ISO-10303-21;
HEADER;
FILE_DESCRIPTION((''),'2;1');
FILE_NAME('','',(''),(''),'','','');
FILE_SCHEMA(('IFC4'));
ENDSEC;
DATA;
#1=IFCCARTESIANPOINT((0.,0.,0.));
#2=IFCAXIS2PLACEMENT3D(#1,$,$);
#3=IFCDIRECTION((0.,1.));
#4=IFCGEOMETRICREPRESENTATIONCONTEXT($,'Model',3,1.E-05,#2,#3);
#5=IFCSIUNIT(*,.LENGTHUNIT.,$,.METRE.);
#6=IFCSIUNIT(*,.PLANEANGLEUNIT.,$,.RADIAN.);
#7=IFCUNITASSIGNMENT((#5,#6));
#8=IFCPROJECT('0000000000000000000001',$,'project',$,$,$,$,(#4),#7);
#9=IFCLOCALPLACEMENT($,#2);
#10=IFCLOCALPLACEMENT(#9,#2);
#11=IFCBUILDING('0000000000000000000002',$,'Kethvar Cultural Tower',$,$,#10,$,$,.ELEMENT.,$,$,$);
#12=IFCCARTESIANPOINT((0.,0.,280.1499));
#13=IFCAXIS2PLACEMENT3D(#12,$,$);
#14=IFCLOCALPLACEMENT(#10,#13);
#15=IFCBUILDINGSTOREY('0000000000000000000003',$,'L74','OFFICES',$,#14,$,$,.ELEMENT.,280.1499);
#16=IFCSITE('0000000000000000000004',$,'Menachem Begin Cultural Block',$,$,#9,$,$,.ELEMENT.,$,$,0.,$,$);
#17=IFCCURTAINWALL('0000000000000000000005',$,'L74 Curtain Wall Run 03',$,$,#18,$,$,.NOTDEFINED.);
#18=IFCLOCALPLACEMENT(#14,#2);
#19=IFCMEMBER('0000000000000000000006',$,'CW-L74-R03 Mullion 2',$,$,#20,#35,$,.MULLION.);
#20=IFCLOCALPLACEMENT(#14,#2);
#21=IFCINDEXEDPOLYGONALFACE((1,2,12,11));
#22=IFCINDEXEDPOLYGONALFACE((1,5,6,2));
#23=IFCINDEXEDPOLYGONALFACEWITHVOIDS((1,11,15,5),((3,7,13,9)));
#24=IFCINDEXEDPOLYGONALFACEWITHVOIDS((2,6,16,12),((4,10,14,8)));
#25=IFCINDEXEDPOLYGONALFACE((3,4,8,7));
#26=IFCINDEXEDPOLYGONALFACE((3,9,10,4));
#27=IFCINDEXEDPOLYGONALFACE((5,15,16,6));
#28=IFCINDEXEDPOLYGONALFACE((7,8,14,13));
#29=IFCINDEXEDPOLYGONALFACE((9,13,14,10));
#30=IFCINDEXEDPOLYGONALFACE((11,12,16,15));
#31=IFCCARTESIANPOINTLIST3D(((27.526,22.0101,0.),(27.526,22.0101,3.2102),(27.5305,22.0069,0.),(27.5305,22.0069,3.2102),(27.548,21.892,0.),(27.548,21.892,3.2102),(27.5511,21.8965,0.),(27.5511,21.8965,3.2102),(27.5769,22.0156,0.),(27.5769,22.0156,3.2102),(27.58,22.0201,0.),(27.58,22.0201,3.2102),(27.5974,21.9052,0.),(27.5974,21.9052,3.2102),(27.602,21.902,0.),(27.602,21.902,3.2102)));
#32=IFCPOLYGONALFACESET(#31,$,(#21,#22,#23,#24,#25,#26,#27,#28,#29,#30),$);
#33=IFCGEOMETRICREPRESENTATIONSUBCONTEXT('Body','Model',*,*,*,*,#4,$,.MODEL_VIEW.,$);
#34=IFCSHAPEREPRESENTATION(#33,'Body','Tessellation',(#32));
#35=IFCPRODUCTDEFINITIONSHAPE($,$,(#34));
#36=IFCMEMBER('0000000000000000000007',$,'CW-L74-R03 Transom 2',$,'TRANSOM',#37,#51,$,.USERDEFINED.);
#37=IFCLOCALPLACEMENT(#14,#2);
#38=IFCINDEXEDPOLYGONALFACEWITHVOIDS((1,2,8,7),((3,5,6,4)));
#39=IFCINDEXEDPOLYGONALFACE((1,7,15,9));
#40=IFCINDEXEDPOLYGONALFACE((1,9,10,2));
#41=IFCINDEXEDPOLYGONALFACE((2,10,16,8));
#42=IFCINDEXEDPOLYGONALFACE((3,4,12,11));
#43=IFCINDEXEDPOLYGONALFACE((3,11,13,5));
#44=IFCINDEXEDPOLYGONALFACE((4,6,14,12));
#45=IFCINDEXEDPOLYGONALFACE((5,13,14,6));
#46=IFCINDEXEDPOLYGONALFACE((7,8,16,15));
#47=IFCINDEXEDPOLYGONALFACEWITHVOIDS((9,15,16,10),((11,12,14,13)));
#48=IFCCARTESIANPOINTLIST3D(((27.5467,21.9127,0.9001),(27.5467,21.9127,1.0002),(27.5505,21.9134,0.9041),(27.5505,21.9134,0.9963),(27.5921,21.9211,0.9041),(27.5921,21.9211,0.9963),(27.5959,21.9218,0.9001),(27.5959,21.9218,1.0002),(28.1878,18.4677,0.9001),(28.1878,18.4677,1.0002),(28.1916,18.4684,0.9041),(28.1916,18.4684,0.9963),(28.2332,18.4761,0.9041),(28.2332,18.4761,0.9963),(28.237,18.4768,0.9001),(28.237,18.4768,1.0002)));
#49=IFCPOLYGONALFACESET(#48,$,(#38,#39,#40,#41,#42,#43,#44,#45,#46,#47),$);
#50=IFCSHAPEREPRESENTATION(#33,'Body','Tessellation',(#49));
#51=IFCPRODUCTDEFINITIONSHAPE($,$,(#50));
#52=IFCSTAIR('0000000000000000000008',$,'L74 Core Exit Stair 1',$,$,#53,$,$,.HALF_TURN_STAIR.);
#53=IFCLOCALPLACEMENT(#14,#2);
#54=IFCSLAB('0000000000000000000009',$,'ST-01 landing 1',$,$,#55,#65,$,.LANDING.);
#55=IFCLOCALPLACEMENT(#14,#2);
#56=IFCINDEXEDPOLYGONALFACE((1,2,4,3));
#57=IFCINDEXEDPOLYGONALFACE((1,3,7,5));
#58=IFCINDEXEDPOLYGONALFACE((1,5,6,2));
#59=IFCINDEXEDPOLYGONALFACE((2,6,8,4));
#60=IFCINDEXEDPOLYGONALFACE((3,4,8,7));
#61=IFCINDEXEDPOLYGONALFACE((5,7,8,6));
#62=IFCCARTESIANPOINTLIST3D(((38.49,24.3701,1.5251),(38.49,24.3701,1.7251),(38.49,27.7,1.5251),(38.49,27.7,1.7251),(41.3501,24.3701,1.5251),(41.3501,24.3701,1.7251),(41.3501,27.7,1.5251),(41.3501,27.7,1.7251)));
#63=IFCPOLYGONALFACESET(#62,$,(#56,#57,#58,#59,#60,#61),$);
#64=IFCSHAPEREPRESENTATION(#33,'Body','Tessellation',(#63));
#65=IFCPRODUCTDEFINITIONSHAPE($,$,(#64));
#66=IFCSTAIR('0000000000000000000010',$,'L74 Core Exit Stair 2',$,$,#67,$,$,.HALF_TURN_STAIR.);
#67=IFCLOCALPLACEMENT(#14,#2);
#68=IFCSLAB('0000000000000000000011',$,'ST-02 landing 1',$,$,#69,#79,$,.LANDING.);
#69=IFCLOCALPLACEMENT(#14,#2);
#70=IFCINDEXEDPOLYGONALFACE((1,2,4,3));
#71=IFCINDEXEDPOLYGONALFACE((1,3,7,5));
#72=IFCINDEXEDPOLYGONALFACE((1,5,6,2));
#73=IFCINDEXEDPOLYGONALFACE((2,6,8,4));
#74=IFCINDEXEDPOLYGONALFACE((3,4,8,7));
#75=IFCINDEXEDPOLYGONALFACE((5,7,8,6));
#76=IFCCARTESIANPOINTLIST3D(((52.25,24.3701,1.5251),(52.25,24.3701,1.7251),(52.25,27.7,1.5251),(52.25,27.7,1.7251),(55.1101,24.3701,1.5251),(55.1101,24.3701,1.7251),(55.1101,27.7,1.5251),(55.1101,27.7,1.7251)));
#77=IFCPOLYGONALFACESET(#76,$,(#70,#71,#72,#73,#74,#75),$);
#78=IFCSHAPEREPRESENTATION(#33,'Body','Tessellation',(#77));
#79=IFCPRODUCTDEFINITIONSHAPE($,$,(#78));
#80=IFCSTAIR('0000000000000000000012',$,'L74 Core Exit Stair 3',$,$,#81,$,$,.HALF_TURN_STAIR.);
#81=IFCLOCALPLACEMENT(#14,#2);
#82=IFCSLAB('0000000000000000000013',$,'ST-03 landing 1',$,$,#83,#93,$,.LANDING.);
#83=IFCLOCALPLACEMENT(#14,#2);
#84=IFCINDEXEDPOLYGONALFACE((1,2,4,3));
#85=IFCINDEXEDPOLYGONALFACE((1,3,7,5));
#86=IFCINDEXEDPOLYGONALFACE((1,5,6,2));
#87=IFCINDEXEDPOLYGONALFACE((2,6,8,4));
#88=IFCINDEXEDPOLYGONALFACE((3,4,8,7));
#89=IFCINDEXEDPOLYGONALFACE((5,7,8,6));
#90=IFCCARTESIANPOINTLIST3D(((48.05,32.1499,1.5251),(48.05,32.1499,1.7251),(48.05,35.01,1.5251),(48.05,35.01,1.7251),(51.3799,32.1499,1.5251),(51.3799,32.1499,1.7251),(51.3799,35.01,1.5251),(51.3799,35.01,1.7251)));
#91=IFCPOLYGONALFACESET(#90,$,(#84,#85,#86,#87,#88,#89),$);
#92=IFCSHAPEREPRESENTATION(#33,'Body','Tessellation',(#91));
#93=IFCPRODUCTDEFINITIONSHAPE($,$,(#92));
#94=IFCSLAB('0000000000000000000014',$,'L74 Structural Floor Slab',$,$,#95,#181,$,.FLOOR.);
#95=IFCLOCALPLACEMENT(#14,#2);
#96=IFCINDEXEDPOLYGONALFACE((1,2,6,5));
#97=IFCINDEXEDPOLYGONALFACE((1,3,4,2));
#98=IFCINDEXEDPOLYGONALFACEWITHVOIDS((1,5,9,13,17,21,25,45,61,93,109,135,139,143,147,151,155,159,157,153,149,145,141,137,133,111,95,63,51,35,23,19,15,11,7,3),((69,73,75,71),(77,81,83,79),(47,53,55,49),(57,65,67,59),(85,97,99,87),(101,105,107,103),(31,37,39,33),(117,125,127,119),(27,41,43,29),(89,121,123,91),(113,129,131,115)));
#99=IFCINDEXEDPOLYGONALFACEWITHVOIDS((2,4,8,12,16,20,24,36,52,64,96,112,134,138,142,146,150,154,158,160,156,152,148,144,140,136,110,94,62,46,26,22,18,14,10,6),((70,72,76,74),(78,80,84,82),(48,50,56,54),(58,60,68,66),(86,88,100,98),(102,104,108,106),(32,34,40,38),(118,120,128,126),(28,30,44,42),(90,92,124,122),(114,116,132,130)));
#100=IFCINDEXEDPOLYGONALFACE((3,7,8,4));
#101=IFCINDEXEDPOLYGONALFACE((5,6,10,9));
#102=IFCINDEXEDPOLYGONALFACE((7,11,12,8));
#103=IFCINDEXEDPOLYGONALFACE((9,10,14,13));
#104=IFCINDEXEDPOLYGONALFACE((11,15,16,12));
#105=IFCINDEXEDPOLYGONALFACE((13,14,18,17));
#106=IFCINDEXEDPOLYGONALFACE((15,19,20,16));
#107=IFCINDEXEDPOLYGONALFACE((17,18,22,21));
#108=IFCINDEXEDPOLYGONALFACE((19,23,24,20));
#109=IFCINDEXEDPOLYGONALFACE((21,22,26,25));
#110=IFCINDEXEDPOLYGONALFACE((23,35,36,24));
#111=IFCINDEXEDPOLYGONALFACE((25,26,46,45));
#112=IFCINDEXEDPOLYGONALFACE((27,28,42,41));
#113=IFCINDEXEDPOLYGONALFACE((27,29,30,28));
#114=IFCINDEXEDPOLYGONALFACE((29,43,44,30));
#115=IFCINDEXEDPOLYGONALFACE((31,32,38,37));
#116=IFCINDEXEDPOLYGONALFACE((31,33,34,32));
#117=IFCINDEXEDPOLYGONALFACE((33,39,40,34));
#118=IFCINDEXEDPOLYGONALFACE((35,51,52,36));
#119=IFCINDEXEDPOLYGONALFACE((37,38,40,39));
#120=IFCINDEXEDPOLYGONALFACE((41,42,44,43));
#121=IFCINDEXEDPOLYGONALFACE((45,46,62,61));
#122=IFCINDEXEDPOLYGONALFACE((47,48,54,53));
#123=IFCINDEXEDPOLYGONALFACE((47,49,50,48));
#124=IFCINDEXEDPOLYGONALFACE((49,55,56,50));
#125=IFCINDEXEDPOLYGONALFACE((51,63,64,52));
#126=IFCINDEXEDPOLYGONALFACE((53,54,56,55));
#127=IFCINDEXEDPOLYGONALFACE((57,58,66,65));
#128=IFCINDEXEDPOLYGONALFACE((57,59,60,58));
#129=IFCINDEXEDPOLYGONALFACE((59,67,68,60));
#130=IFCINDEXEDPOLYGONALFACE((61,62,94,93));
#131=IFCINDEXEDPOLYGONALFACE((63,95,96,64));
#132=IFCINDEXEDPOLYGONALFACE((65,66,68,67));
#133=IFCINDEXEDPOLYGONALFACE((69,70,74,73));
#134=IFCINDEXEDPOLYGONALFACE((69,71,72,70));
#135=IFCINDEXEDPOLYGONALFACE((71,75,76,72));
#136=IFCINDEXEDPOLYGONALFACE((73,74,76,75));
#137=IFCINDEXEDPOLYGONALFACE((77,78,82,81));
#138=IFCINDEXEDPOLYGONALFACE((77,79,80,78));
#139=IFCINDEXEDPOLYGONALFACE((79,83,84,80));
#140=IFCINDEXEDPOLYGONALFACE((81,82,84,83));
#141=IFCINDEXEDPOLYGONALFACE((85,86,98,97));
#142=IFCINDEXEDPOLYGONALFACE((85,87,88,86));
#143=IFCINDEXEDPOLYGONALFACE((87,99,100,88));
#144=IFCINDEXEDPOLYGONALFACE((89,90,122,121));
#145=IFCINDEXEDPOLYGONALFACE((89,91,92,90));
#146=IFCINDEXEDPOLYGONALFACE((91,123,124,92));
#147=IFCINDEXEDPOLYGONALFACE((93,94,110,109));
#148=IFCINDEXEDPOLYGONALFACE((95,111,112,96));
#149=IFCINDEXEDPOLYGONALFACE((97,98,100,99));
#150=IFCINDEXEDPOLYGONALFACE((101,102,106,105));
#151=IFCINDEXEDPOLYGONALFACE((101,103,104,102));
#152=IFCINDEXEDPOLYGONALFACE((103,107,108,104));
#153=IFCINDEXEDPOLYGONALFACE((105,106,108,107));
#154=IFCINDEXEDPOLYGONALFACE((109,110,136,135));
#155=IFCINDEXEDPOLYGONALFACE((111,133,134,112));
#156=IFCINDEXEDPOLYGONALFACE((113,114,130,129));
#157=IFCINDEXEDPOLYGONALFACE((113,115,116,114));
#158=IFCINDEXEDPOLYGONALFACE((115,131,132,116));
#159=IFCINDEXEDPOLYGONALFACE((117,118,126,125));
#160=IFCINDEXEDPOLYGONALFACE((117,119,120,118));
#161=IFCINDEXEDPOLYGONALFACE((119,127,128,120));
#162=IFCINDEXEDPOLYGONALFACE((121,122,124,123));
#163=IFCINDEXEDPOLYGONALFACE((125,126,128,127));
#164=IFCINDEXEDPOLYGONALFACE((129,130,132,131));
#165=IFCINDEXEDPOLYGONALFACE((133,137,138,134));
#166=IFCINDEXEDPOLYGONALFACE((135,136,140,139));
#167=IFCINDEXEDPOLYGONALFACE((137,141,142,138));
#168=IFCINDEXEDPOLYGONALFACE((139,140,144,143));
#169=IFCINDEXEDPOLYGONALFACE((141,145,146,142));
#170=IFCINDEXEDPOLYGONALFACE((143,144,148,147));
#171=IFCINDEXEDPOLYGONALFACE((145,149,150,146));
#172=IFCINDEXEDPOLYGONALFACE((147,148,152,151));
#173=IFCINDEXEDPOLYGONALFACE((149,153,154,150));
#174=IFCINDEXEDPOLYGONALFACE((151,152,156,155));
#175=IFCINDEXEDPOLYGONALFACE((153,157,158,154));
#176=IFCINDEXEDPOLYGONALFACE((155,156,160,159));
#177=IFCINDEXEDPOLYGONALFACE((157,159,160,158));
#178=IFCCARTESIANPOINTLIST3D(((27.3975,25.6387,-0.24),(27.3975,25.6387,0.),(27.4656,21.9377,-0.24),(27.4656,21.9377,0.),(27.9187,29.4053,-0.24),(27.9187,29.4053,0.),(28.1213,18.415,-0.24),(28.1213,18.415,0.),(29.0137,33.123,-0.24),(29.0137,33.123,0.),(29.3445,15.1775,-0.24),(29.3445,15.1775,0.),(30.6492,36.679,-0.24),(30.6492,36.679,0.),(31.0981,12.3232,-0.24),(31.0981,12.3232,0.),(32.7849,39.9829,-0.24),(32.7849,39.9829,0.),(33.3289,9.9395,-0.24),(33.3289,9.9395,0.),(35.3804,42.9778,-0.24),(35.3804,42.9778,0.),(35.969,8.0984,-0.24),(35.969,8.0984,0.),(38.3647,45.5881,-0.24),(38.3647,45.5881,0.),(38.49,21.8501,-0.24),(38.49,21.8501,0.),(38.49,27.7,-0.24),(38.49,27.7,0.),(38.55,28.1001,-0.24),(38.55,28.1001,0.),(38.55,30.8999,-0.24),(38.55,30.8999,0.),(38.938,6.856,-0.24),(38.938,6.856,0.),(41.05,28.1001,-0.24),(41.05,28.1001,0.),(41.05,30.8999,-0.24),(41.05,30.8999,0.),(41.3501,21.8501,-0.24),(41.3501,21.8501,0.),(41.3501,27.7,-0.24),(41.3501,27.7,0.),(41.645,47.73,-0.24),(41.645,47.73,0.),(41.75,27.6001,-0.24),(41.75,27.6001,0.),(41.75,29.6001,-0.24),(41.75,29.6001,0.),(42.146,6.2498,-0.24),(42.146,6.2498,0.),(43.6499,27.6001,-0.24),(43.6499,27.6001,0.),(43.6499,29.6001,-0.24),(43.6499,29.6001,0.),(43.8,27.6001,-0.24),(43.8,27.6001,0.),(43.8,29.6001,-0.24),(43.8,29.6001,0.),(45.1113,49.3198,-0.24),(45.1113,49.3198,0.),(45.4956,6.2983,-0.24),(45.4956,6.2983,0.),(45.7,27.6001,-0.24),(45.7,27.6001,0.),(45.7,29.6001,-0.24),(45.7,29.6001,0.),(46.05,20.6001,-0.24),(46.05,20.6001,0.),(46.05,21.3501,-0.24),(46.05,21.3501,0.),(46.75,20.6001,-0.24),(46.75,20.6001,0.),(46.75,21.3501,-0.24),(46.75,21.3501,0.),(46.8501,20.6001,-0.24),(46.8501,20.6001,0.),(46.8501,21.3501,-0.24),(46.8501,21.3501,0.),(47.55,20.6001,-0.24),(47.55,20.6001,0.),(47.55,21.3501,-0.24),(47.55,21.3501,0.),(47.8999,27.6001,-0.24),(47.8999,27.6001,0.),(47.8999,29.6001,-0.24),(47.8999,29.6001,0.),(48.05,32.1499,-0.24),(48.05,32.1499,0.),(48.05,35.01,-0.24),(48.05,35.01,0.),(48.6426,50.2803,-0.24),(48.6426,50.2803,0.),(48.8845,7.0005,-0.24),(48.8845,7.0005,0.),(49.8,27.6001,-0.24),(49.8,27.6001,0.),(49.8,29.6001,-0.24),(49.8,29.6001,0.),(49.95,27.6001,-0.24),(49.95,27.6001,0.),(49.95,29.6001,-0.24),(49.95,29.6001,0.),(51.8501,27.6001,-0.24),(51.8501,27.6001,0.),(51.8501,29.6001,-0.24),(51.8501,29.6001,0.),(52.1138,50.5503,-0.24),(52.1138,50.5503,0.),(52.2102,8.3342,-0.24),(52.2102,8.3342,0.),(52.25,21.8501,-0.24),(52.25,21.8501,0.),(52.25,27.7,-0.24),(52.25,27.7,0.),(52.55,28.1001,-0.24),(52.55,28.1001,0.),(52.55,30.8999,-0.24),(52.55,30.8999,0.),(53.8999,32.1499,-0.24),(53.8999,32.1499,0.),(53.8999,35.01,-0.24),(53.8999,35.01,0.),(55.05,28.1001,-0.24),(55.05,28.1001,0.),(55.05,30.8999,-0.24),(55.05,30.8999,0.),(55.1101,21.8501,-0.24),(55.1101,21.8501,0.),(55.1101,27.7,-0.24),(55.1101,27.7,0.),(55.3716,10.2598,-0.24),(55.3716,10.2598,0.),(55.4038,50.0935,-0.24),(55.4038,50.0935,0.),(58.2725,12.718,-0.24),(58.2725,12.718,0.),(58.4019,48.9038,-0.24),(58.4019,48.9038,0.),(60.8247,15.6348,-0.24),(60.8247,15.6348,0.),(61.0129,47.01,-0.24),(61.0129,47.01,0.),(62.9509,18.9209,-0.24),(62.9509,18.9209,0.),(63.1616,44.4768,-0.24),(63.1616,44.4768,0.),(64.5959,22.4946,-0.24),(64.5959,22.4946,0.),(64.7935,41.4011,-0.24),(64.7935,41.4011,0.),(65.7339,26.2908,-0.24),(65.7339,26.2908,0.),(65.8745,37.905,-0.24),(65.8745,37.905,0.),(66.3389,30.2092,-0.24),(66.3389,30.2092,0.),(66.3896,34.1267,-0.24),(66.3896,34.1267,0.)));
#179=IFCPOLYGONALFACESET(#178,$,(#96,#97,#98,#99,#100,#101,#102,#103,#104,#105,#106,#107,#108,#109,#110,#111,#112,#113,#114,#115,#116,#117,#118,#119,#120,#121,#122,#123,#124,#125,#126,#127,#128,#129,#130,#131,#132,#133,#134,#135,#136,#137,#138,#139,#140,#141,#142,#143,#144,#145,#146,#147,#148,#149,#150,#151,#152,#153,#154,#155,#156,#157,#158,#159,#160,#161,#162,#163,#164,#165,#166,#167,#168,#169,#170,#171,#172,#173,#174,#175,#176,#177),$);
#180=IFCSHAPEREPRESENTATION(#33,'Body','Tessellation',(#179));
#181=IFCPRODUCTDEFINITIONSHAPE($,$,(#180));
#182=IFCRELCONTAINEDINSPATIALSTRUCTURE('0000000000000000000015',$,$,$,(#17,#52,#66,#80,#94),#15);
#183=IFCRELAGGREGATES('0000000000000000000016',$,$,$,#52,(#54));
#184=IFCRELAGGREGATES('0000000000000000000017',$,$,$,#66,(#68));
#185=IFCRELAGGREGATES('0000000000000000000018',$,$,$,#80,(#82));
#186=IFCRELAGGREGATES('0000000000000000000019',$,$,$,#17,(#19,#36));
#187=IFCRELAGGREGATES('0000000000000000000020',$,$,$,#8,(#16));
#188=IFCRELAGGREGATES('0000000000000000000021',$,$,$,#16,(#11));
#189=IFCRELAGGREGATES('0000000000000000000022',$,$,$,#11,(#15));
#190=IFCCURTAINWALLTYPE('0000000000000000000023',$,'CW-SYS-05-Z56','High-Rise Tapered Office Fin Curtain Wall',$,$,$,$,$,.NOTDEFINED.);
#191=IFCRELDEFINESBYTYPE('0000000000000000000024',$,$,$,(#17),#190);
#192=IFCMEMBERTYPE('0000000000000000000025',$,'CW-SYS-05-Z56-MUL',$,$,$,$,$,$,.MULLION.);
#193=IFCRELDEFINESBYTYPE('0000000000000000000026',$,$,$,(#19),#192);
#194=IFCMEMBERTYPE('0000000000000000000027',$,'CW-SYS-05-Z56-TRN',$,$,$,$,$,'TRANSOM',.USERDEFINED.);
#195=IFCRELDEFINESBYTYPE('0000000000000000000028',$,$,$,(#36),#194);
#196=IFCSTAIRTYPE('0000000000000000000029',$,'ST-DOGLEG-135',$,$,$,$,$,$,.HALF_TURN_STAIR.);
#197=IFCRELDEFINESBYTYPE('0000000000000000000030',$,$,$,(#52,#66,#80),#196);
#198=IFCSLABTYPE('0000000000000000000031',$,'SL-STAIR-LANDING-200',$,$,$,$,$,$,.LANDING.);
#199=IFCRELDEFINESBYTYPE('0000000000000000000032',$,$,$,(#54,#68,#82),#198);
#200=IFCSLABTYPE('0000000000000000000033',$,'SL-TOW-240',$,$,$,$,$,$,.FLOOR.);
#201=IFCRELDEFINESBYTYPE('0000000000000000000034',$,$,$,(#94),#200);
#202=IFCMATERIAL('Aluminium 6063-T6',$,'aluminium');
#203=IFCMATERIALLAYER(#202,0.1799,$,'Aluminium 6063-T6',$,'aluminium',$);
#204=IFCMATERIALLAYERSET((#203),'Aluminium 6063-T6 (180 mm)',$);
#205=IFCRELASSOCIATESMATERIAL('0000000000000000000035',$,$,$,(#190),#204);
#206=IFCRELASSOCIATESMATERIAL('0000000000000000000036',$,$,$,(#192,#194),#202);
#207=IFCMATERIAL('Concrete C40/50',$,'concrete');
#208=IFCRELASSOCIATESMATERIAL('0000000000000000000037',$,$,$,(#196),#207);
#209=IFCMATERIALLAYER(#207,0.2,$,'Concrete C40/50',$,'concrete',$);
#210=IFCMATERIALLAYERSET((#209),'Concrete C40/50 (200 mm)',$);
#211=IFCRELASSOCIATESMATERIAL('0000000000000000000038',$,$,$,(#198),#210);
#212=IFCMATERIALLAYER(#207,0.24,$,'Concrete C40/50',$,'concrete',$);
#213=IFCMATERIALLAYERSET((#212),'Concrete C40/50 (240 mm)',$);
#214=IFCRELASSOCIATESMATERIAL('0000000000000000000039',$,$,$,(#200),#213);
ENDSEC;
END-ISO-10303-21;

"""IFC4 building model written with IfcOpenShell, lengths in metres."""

from ifc_helpers import new_model, si_unit, direction, frame, origin, origin_2d, place, context, subcontext, project, spatial, polyline, hollow_rectangle, outline, extrude, source, transform, mapped, material, layer, layer_set, material_profile, profile_set, type_object, element, aggregate, save


model = new_model("IFC4")

# Units and contexts
model_context = context("Model", 3, precision=1e-05, world=origin(), true_north=direction((0.0, 1.0)))
body_context = subcontext(model_context, "Body", "Model", "MODEL_VIEW")
ifc_project = project(units=[si_unit("LENGTHUNIT", "METRE"), si_unit("PLANEANGLEUNIT", "RADIAN")], contexts=[model_context])

# Site, building, storey
site_placement = place(None, origin())
site = spatial("IfcSite", under=ifc_project, at=site_placement, Name="Menachem Begin Cultural Block", CompositionType="ELEMENT", RefElevation=0.0)
building_placement = place(site_placement, origin())
building = spatial("IfcBuilding", under=site, at=building_placement, Name="Kethvar Cultural Tower", CompositionType="ELEMENT")
storey_placement = place(building_placement, frame((0.0, 0.0, 280.1499)))
storey = spatial("IfcBuildingStorey", under=building, at=storey_placement, Name="L74", Description="OFFICES", CompositionType="ELEMENT", Elevation=280.1499)

# Curtain wall, members
ifc_material_1 = material(Name="Aluminium 6063-T6", Category="aluminium")
ifc_layer_1 = layer(ifc_material_1, 0.1799, Name="Aluminium 6063-T6", Category="aluminium")
ifc_layer_set_1 = layer_set([ifc_layer_1], Name="Aluminium 6063-T6 (180 mm)")
curtain_wall_type = type_object("IfcCurtainWallType", Name="CW-SYS-05-Z56", Description="High-Rise Tapered Office Fin Curtain Wall", PredefinedType="NOTDEFINED", material=ifc_layer_set_1)
curtain_wall_placement = place(storey_placement, origin())
curtain_wall = element("IfcCurtainWall", 1, at=curtain_wall_placement, inside=storey, type_object=curtain_wall_type, Name="L74 Curtain Wall Run 03", PredefinedType="NOTDEFINED")
ifc_material_profile_1 = material_profile(ifc_material_1, hollow_rectangle(XDim=0.0549, YDim=0.1201, WallThickness=0.0039, at=origin_2d()), Name="Aluminium 6063-T6 — RHS120x55x4")
ifc_profile_set_1 = profile_set([ifc_material_profile_1], Name="Aluminium 6063-T6 — RHS120x55x4")
member_type_1 = type_object("IfcMemberType", Name="CW-SYS-05-Z56-MUL", PredefinedType="MULLION", material=ifc_profile_set_1)
shared_shape_1 = source(origin(), body_context, "Body", "SweptSolid", [
    extrude(hollow_rectangle(XDim=0.0549, YDim=0.1201, WallThickness=0.0039, at=origin_2d()), origin(), (0.0, 0.0, 1.0), 3.2102),
])
member_1_placement = place(storey_placement, frame((27.564, 21.9561, 0.0), z_axis=(0.0, 0.0, 1.0), x_axis=(0.983115, 0.182991, 0.0)))
member_1 = element("IfcMember", 2, at=member_1_placement, type_object=member_type_1, Name="CW-L74-R03 Mullion 2", PredefinedType="MULLION", context=body_context, shape_type="MappedRepresentation", body=[
    mapped(shared_shape_1, transform((0.0, 0.0, 0.0), scale=1.0)),
])
ifc_material_profile_2 = material_profile(ifc_material_1, hollow_rectangle(XDim=0.05, YDim=0.1001, WallThickness=0.0039, at=origin_2d()), Name="Aluminium 6063-T6 — RHS100x50x4")
ifc_profile_set_2 = profile_set([ifc_material_profile_2], Name="Aluminium 6063-T6 — RHS100x50x4")
member_type_2 = type_object("IfcMemberType", Name="CW-SYS-05-Z56-TRN", ElementType="TRANSOM", PredefinedType="USERDEFINED", material=ifc_profile_set_2)
shared_shape_2 = source(origin(), body_context, "Body", "SweptSolid", [
    extrude(hollow_rectangle(XDim=0.05, YDim=0.1001, WallThickness=0.0039, at=origin_2d()), origin(), (0.0, 0.0, 1.0), 3.5042),
])
member_2_placement = place(storey_placement, frame((27.5713, 21.9172, 0.9502), z_axis=(0.182955, -0.983121, 0.0), x_axis=(0.983121, 0.182955, 0.0)))
member_2 = element("IfcMember", 3, at=member_2_placement, type_object=member_type_2, Name="CW-L74-R03 Transom 2", ObjectType="TRANSOM", PredefinedType="USERDEFINED", context=body_context, shape_type="MappedRepresentation", body=[
    mapped(shared_shape_2, transform((0.0, 0.0, 0.0), scale=1.0)),
])

# Stairs, slabs
ifc_material_2 = material(Name="Concrete C40/50", Category="concrete")
stair_type = type_object("IfcStairType", Name="ST-DOGLEG-135", PredefinedType="HALF_TURN_STAIR", material=ifc_material_2)
stair_1_placement = place(storey_placement, origin())
stair_1 = element("IfcStair", 4, at=stair_1_placement, inside=storey, type_object=stair_type, Name="L74 Core Exit Stair 1", PredefinedType="HALF_TURN_STAIR")
ifc_layer_2 = layer(ifc_material_2, 0.2, Name="Concrete C40/50", Category="concrete")
ifc_layer_set_2 = layer_set([ifc_layer_2], Name="Concrete C40/50 (200 mm)")
slab_type_1 = type_object("IfcSlabType", Name="SL-STAIR-LANDING-200", PredefinedType="LANDING", material=ifc_layer_set_2)
slab_1_placement = place(storey_placement, frame((0.0, 0.0, 1.5251)))
slab_1 = element("IfcSlab", 5, at=slab_1_placement, type_object=slab_type_1, Name="ST-01 landing 1", PredefinedType="LANDING", context=body_context, shape_type="SweptSolid", body=[
    extrude(outline(polyline([(41.3501, 24.3701), (41.3501, 27.7), (38.49, 27.7), (38.49, 24.3701), (41.3501, 24.3701)])), origin(), (0.0, 0.0, 1.0), 0.2),
])
aggregate(stair_1, [slab_1])
stair_2_placement = place(storey_placement, origin())
stair_2 = element("IfcStair", 6, at=stair_2_placement, inside=storey, type_object=stair_type, Name="L74 Core Exit Stair 2", PredefinedType="HALF_TURN_STAIR")
slab_2_placement = place(storey_placement, frame((0.0, 0.0, 1.5251)))
slab_2 = element("IfcSlab", 7, at=slab_2_placement, type_object=slab_type_1, Name="ST-02 landing 1", PredefinedType="LANDING", context=body_context, shape_type="SweptSolid", body=[
    extrude(outline(polyline([(55.1101, 24.3701), (55.1101, 27.7), (52.25, 27.7), (52.25, 24.3701), (55.1101, 24.3701)])), origin(), (0.0, 0.0, 1.0), 0.2),
])
aggregate(stair_2, [slab_2])
stair_3_placement = place(storey_placement, origin())
stair_3 = element("IfcStair", 8, at=stair_3_placement, inside=storey, type_object=stair_type, Name="L74 Core Exit Stair 3", PredefinedType="HALF_TURN_STAIR")
slab_3_placement = place(storey_placement, frame((0.0, 0.0, 1.5251)))
slab_3 = element("IfcSlab", 9, at=slab_3_placement, type_object=slab_type_1, Name="ST-03 landing 1", PredefinedType="LANDING", context=body_context, shape_type="SweptSolid", body=[
    extrude(outline(polyline([(51.3799, 35.01), (48.05, 35.01), (48.05, 32.1499), (51.3799, 32.1499), (51.3799, 35.01)])), origin(), (0.0, 0.0, 1.0), 0.2),
])
aggregate(stair_3, [slab_3])

# Slab
ifc_layer_3 = layer(ifc_material_2, 0.24, Name="Concrete C40/50", Category="concrete")
ifc_layer_set_3 = layer_set([ifc_layer_3], Name="Concrete C40/50 (240 mm)")
slab_type_2 = type_object("IfcSlabType", Name="SL-TOW-240", PredefinedType="FLOOR", material=ifc_layer_set_3)
slab_4_placement = place(storey_placement, frame((0.0, 0.0, -0.24)))
element("IfcSlab", 10, at=slab_4_placement, inside=storey, type_object=slab_type_2, Name="L74 Structural Floor Slab", PredefinedType="FLOOR", context=body_context, shape_type="SweptSolid", body=[
    extrude(outline(polyline([(58.4019, 48.9038), (55.4038, 50.0935), (52.1138, 50.5503), (48.6426, 50.2803), (45.1113, 49.3198), (41.645, 47.73), (38.3647, 45.5881), (35.3804, 42.9778), (32.7849, 39.9829), (30.6492, 36.679), (29.0137, 33.123), (27.9187, 29.4053), (27.3975, 25.6387), (27.4656, 21.9377), (28.1213, 18.415), (29.3445, 15.1775), (31.0981, 12.3232), (33.3289, 9.9395), (35.969, 8.0984), (38.938, 6.856), (42.146, 6.2498), (45.4956, 6.2983), (48.8845, 7.0005), (52.2102, 8.3342), (55.3716, 10.2598), (58.2725, 12.718), (60.8247, 15.6348), (62.9509, 18.9209), (64.5959, 22.4946), (65.7339, 26.2908), (66.3389, 30.2092), (66.3896, 34.1267), (65.8745, 37.905), (64.7935, 41.4011), (63.1616, 44.4768), (61.0129, 47.01), (58.4019, 48.9038)]), holes=[polyline([(38.49, 21.8501), (38.49, 27.7), (41.3501, 27.7), (41.3501, 21.8501), (38.49, 21.8501)]), polyline([(52.25, 21.8501), (52.25, 27.7), (55.1101, 27.7), (55.1101, 21.8501), (52.25, 21.8501)]), polyline([(53.8999, 32.1499), (48.05, 32.1499), (48.05, 35.01), (53.8999, 35.01), (53.8999, 32.1499)]), polyline([(41.75, 29.6001), (43.6499, 29.6001), (43.6499, 27.6001), (41.75, 27.6001), (41.75, 29.6001)]), polyline([(43.8, 29.6001), (45.7, 29.6001), (45.7, 27.6001), (43.8, 27.6001), (43.8, 29.6001)]), polyline([(47.8999, 29.6001), (49.8, 29.6001), (49.8, 27.6001), (47.8999, 27.6001), (47.8999, 29.6001)]), polyline([(49.95, 29.6001), (51.8501, 29.6001), (51.8501, 27.6001), (49.95, 27.6001), (49.95, 29.6001)]), polyline([(38.55, 30.8999), (41.05, 30.8999), (41.05, 28.1001), (38.55, 28.1001), (38.55, 30.8999)]), polyline([(52.55, 30.8999), (55.05, 30.8999), (55.05, 28.1001), (52.55, 28.1001), (52.55, 30.8999)]), polyline([(46.05, 21.3501), (46.75, 21.3501), (46.75, 20.6001), (46.05, 20.6001), (46.05, 21.3501)]), polyline([(46.8501, 21.3501), (47.55, 21.3501), (47.55, 20.6001), (46.8501, 20.6001), (46.8501, 21.3501)])]), origin(), (0.0, 0.0, 1.0), 0.24),
])

aggregate(curtain_wall, [member_1, member_2])

save(model, "model.ifc")
